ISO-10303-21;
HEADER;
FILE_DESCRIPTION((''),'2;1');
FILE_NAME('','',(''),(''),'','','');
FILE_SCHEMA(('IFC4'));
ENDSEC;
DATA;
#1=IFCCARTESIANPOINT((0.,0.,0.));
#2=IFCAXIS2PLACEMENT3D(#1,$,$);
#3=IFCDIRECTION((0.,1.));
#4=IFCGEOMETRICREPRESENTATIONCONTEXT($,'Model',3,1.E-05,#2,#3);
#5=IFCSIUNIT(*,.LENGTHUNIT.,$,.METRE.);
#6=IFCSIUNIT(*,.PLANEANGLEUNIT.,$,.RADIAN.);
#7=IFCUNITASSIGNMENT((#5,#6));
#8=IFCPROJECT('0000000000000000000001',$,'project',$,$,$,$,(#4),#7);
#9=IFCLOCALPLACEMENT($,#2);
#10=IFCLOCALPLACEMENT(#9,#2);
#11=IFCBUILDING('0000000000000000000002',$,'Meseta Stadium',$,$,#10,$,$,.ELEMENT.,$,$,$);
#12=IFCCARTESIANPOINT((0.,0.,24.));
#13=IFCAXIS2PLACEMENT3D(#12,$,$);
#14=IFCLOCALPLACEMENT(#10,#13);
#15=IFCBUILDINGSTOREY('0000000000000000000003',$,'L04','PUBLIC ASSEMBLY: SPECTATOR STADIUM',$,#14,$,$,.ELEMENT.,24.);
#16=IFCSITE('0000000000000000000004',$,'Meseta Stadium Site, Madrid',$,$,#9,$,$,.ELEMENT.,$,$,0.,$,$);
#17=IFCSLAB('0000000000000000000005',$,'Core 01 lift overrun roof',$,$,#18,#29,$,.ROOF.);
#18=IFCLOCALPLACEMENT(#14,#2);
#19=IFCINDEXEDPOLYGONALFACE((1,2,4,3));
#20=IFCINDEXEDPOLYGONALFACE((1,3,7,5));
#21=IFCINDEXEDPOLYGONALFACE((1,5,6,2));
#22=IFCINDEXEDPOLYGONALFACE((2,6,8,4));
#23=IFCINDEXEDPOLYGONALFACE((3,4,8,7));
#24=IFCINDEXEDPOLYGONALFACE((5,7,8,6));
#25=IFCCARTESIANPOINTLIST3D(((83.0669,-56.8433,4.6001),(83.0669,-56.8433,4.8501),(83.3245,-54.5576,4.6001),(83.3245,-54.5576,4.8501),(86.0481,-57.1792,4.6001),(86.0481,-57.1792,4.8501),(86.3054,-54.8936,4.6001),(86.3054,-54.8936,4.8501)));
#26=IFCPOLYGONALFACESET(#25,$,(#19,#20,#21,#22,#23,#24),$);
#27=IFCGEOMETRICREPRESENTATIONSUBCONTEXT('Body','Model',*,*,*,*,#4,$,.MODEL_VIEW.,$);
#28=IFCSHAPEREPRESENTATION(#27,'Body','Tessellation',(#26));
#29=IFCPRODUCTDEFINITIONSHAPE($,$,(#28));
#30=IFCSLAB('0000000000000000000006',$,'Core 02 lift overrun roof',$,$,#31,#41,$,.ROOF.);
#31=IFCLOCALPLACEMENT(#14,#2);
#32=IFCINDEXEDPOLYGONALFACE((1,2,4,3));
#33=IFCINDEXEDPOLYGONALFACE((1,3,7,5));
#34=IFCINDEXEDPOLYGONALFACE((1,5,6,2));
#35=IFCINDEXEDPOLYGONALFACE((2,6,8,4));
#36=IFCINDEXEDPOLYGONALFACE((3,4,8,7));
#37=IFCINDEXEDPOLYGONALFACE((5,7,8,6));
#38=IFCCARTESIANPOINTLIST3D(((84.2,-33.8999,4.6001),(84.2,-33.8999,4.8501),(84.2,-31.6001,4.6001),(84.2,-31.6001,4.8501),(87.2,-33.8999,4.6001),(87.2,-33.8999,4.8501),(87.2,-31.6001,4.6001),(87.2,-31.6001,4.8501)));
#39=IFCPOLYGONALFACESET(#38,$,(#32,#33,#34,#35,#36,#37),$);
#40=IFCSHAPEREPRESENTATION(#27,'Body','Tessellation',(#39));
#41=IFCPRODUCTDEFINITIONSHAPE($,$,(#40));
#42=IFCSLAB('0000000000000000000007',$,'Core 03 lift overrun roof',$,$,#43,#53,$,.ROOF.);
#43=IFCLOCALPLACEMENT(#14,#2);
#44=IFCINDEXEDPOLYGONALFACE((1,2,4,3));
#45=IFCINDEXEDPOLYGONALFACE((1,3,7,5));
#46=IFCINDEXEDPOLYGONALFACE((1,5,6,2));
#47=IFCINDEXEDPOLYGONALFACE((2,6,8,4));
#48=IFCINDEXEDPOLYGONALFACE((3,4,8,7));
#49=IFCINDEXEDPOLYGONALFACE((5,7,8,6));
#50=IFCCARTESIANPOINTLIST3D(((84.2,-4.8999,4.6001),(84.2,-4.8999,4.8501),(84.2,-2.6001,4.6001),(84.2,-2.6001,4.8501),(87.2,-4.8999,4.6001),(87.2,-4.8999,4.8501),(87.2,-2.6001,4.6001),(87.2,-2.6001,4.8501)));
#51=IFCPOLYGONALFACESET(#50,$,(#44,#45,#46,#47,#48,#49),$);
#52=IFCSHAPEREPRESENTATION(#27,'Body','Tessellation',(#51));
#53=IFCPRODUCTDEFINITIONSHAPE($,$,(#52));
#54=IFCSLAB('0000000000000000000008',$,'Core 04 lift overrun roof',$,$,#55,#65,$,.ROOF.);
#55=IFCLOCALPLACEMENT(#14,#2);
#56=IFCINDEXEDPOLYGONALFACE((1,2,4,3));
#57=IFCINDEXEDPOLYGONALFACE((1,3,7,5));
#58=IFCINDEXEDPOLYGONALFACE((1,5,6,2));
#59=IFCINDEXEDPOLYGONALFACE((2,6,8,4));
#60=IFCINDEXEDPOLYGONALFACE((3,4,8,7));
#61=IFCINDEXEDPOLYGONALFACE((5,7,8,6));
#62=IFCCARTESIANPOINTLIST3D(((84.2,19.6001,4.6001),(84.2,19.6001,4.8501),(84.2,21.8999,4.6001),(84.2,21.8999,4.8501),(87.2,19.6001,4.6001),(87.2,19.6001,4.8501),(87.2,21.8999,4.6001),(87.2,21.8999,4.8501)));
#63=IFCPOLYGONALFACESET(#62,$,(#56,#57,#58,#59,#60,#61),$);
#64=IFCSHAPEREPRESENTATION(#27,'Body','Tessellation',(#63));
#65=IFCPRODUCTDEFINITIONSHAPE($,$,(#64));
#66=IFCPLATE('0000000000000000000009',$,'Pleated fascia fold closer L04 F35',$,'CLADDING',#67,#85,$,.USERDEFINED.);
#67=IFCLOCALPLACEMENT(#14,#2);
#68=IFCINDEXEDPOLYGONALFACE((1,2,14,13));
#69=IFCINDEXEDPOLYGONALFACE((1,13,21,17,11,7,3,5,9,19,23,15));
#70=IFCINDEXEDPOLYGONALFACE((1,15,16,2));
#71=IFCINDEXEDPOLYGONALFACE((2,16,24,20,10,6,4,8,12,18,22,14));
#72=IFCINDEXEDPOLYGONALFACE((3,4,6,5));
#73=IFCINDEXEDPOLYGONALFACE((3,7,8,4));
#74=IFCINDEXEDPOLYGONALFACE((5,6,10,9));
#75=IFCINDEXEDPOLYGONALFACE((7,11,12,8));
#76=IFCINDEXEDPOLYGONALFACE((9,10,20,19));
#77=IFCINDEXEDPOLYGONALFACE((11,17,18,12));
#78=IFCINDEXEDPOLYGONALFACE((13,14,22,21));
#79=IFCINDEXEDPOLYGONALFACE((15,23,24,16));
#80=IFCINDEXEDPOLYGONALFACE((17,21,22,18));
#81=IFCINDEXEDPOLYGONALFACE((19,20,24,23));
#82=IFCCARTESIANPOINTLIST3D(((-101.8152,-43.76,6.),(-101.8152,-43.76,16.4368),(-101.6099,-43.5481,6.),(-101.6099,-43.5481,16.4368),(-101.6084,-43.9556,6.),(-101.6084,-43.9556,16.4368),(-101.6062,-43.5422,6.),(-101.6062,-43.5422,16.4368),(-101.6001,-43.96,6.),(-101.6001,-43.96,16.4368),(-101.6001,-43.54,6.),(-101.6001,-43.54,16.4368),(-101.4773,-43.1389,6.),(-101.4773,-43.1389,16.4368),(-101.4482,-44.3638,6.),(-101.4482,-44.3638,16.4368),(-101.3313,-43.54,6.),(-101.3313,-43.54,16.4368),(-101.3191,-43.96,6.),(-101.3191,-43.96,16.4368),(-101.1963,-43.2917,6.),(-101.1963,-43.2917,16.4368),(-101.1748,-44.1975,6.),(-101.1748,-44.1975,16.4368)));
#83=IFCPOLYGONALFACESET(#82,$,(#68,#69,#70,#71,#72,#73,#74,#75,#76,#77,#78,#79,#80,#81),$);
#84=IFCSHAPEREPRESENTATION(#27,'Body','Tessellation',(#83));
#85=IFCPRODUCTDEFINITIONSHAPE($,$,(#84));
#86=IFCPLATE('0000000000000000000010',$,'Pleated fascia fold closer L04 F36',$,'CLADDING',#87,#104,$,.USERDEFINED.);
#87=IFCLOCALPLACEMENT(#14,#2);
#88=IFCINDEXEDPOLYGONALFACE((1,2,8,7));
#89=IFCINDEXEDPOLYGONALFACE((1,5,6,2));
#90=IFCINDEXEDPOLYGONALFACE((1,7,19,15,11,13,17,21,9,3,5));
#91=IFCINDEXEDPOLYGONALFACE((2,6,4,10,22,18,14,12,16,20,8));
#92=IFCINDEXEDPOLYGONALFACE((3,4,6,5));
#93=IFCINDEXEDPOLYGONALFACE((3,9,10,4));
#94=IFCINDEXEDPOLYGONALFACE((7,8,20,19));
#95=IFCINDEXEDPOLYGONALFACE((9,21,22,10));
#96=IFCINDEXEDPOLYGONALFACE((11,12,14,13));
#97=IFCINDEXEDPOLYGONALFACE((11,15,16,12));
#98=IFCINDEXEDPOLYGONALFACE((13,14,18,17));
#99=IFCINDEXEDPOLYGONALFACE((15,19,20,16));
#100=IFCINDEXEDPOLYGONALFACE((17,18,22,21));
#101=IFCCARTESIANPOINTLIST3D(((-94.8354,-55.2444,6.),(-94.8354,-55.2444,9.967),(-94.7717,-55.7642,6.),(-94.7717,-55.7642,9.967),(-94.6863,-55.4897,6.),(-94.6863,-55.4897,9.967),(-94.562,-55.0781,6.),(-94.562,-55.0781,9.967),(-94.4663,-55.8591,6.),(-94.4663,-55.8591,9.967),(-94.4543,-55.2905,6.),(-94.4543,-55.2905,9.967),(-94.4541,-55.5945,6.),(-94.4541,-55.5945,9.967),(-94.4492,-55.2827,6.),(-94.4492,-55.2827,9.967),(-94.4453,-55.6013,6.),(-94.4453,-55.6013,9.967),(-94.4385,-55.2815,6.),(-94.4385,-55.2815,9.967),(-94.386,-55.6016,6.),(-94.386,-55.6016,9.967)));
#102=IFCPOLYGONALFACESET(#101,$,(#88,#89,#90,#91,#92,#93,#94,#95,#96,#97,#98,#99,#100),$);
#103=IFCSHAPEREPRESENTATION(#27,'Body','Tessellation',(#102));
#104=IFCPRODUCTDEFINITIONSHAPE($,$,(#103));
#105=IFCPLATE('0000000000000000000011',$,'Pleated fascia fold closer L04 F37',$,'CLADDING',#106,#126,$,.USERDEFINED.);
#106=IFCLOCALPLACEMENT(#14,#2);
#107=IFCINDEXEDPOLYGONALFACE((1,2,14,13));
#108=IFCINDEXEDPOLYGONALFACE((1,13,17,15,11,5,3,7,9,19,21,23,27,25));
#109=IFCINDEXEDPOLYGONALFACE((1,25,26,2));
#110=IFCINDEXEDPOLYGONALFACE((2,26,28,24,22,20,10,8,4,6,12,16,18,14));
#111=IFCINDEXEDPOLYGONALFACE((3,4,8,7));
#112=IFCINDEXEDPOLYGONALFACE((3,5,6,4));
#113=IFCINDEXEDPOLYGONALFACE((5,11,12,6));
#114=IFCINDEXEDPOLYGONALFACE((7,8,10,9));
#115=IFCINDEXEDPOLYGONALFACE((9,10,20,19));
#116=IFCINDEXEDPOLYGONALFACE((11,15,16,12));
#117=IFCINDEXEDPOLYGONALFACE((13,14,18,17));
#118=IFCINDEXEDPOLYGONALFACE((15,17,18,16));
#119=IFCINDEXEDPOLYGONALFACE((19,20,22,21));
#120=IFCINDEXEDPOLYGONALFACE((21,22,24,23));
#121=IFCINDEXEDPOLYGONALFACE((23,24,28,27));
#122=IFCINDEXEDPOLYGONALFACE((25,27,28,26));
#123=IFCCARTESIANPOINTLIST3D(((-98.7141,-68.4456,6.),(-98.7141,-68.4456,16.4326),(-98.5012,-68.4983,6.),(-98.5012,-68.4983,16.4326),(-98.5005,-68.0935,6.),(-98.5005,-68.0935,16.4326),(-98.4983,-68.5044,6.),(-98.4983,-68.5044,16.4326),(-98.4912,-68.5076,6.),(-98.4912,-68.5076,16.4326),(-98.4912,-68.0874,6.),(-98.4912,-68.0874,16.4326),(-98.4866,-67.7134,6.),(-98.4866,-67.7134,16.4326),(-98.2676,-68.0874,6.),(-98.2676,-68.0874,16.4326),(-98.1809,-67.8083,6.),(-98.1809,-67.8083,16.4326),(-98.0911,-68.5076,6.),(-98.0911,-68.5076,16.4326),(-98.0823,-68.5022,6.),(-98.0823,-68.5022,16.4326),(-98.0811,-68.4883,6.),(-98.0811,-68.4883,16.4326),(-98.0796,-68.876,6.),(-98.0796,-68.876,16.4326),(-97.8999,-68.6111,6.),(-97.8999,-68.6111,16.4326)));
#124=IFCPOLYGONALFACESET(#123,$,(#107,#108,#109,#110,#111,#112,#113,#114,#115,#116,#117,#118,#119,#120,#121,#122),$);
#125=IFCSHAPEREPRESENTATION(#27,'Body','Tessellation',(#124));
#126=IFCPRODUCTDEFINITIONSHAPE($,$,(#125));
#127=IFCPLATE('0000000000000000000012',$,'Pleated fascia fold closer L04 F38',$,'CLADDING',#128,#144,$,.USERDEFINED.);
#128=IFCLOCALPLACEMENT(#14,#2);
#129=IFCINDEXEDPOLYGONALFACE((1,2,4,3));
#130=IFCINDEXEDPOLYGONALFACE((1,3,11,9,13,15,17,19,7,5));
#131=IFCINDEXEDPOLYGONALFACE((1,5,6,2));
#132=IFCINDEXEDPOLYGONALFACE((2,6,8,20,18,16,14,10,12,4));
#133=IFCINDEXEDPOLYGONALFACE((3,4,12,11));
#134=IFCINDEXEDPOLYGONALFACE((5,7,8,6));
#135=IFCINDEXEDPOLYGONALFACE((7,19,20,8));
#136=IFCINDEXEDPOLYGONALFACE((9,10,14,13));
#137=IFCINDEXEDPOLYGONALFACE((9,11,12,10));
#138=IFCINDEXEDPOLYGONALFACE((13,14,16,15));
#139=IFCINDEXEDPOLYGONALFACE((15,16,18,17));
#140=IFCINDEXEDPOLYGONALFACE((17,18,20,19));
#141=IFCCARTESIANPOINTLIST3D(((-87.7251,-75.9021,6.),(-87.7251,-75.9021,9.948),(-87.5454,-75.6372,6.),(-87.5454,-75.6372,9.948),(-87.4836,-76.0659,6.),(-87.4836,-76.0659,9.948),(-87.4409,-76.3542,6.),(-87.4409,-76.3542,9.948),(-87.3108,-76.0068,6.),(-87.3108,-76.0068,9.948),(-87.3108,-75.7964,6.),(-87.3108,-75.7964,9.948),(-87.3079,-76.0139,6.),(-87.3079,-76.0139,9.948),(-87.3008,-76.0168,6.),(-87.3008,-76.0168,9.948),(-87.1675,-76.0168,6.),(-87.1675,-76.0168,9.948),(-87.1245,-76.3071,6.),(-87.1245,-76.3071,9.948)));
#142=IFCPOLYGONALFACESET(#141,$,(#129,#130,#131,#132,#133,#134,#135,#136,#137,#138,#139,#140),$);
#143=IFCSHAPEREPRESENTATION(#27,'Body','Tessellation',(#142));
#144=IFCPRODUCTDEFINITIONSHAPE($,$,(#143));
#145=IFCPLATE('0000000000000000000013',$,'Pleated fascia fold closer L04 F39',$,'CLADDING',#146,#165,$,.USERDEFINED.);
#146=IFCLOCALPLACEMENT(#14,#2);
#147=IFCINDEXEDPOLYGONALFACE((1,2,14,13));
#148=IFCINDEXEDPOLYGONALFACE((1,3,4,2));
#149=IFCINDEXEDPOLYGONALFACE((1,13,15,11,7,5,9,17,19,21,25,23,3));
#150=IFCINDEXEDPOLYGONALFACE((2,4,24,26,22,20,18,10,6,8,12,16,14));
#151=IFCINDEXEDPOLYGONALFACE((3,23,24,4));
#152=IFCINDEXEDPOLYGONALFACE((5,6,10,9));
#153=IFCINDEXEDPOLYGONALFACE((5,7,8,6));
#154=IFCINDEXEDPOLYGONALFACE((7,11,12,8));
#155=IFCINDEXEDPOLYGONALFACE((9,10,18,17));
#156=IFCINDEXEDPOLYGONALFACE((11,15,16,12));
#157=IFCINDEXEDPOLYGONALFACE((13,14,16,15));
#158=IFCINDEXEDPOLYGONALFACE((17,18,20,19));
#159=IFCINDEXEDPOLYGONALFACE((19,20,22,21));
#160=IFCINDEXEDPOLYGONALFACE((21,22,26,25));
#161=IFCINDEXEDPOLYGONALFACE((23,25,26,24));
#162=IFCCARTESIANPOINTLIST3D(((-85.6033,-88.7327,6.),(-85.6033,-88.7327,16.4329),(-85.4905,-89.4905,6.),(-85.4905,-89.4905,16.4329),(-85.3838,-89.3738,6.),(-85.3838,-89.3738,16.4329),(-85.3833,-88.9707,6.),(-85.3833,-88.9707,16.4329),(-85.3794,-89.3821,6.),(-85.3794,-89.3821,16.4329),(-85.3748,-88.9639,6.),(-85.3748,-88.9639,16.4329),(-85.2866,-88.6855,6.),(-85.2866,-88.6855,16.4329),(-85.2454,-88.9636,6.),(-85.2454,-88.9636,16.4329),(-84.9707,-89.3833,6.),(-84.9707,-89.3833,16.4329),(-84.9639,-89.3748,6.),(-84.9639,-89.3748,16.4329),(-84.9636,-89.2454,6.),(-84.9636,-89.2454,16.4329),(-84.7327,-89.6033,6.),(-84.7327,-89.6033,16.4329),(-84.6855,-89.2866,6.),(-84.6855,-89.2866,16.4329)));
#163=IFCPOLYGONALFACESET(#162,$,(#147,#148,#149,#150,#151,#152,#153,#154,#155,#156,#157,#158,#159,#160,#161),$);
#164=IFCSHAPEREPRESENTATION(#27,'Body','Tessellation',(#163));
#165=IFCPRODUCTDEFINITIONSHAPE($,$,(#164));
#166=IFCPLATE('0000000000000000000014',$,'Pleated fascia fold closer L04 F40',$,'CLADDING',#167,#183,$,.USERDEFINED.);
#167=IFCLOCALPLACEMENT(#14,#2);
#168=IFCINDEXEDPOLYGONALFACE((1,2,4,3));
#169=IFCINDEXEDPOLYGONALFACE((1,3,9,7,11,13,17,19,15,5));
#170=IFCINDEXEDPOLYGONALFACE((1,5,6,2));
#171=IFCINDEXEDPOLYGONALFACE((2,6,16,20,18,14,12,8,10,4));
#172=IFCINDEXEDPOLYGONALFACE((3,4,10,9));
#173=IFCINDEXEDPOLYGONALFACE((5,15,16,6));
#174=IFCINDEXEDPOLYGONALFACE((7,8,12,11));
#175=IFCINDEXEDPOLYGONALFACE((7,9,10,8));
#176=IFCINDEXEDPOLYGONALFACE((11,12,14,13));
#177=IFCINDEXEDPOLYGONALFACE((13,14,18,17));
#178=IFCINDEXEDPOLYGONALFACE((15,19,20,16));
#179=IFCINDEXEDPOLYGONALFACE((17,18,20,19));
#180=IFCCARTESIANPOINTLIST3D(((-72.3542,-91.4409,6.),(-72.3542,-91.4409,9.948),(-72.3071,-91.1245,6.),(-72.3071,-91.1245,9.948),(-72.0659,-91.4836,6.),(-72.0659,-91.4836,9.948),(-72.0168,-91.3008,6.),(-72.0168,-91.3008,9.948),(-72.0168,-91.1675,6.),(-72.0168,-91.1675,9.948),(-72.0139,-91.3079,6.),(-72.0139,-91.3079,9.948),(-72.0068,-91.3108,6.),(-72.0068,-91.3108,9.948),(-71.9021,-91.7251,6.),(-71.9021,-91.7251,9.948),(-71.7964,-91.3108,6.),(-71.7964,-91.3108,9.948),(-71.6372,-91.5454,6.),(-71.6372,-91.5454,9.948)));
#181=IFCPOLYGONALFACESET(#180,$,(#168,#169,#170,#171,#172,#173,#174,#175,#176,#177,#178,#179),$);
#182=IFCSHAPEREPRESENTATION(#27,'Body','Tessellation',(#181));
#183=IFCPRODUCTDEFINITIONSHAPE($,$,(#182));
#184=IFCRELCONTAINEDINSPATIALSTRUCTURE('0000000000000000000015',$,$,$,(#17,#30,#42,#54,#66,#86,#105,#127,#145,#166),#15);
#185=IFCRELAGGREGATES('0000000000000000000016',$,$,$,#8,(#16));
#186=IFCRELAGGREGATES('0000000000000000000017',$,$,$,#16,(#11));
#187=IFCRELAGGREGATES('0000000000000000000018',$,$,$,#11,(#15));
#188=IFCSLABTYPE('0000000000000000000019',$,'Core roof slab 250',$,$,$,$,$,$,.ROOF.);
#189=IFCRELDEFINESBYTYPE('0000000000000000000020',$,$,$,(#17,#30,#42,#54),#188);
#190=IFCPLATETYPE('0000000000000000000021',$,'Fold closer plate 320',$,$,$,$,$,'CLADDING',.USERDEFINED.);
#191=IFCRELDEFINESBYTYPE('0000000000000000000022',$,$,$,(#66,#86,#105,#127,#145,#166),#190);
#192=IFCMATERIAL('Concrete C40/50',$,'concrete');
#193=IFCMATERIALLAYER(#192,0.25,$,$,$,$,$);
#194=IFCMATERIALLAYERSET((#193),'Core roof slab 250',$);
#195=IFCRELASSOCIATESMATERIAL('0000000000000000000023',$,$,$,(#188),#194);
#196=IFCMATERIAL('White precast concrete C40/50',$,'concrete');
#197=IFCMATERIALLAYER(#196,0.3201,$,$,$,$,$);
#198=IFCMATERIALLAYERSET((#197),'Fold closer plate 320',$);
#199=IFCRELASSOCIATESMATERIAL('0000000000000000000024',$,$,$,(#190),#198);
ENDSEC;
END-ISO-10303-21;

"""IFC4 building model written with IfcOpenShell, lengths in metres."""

from ifc_helpers import new_model, si_unit, direction, frame, origin, place, context, subcontext, project, spatial, polyline, outline, extrude, material, layer, layer_set, type_object, element, save


model = new_model("IFC4")

# Units and contexts
model_context = context("Model", 3, precision=1e-05, world=origin(), true_north=direction((0.0, 1.0)))
body_context = subcontext(model_context, "Body", "Model", "MODEL_VIEW")
ifc_project = project(units=[si_unit("LENGTHUNIT", "METRE"), si_unit("PLANEANGLEUNIT", "RADIAN")], contexts=[model_context])

# Site, building, storey
site_placement = place(None, origin())
site = spatial("IfcSite", under=ifc_project, at=site_placement, Name="Meseta Stadium Site, Madrid", CompositionType="ELEMENT", RefElevation=0.0)
building_placement = place(site_placement, origin())
building = spatial("IfcBuilding", under=site, at=building_placement, Name="Meseta Stadium", CompositionType="ELEMENT")
storey_placement = place(building_placement, frame((0.0, 0.0, 24.0)))
storey = spatial("IfcBuildingStorey", under=building, at=storey_placement, Name="L04", Description="PUBLIC ASSEMBLY: SPECTATOR STADIUM", CompositionType="ELEMENT", Elevation=24.0)

# Slabs
ifc_material_1 = material(Name="Concrete C40/50", Category="concrete")
ifc_layer_1 = layer(ifc_material_1, 0.25)
ifc_layer_set_1 = layer_set([ifc_layer_1], Name="Core roof slab 250")
slab_type = type_object("IfcSlabType", Name="Core roof slab 250", PredefinedType="ROOF", material=ifc_layer_set_1)
slab_1_placement = place(storey_placement, frame((0.0, 0.0, 4.6001)))
element("IfcSlab", 1, at=slab_1_placement, inside=storey, type_object=slab_type, Name="Core 01 lift overrun roof", PredefinedType="ROOF", context=body_context, shape_type="SweptSolid", body=[
    extrude(outline(polyline([(86.0481, -57.1792), (83.0669, -56.8433), (83.3245, -54.5576), (86.3054, -54.8936), (86.0481, -57.1792)])), origin(), (0.0, 0.0, 1.0), 0.25),
])
slab_2_placement = place(storey_placement, frame((0.0, 0.0, 4.6001)))
element("IfcSlab", 2, at=slab_2_placement, inside=storey, type_object=slab_type, Name="Core 02 lift overrun roof", PredefinedType="ROOF", context=body_context, shape_type="SweptSolid", body=[
    extrude(outline(polyline([(87.2, -33.8999), (84.2, -33.8999), (84.2, -31.6001), (87.2, -31.6001), (87.2, -33.8999)])), origin(), (0.0, 0.0, 1.0), 0.25),
])
slab_3_placement = place(storey_placement, frame((0.0, 0.0, 4.6001)))
element("IfcSlab", 3, at=slab_3_placement, inside=storey, type_object=slab_type, Name="Core 03 lift overrun roof", PredefinedType="ROOF", context=body_context, shape_type="SweptSolid", body=[
    extrude(outline(polyline([(87.2, -4.8999), (84.2, -4.8999), (84.2, -2.6001), (87.2, -2.6001), (87.2, -4.8999)])), origin(), (0.0, 0.0, 1.0), 0.25),
])
slab_4_placement = place(storey_placement, frame((0.0, 0.0, 4.6001)))
element("IfcSlab", 4, at=slab_4_placement, inside=storey, type_object=slab_type, Name="Core 04 lift overrun roof", PredefinedType="ROOF", context=body_context, shape_type="SweptSolid", body=[
    extrude(outline(polyline([(87.2, 19.6001), (84.2, 19.6001), (84.2, 21.8999), (87.2, 21.8999), (87.2, 19.6001)])), origin(), (0.0, 0.0, 1.0), 0.25),
])

# Plates
ifc_material_2 = material(Name="White precast concrete C40/50", Category="concrete")
ifc_layer_2 = layer(ifc_material_2, 0.3201)
ifc_layer_set_2 = layer_set([ifc_layer_2], Name="Fold closer plate 320")
plate_type = type_object("IfcPlateType", Name="Fold closer plate 320", ElementType="CLADDING", PredefinedType="USERDEFINED", material=ifc_layer_set_2)
plate_1_placement = place(storey_placement, frame((0.0, 0.0, 6.0)))
element("IfcPlate", 5, at=plate_1_placement, inside=storey, type_object=plate_type, Name="Pleated fascia fold closer L04 F35", ObjectType="CLADDING", PredefinedType="USERDEFINED", context=body_context, shape_type="SweptSolid", body=[
    extrude(outline(polyline([(-101.4773, -43.1389), (-101.8152, -43.76), (-101.4482, -44.3638), (-101.1748, -44.1975), (-101.3191, -43.96), (-101.6001, -43.96), (-101.6084, -43.9556), (-101.6099, -43.5481), (-101.6062, -43.5422), (-101.6001, -43.54), (-101.3313, -43.54), (-101.1963, -43.2917), (-101.4773, -43.1389)])), origin(), (0.0, 0.0, 1.0), 10.4368),
])
plate_2_placement = place(storey_placement, frame((0.0, 0.0, 6.0)))
element("IfcPlate", 6, at=plate_2_placement, inside=storey, type_object=plate_type, Name="Pleated fascia fold closer L04 F36", ObjectType="CLADDING", PredefinedType="USERDEFINED", context=body_context, shape_type="SweptSolid", body=[
    extrude(outline(polyline([(-94.6863, -55.4897), (-94.7717, -55.7642), (-94.4663, -55.8591), (-94.386, -55.6016), (-94.4453, -55.6013), (-94.4541, -55.5945), (-94.4543, -55.2905), (-94.4492, -55.2827), (-94.4385, -55.2815), (-94.562, -55.0781), (-94.8354, -55.2444), (-94.6863, -55.4897)])), origin(), (0.0, 0.0, 1.0), 3.967),
])
plate_3_placement = place(storey_placement, frame((0.0, 0.0, 6.0)))
element("IfcPlate", 7, at=plate_3_placement, inside=storey, type_object=plate_type, Name="Pleated fascia fold closer L04 F37", ObjectType="CLADDING", PredefinedType="USERDEFINED", context=body_context, shape_type="SweptSolid", body=[
    extrude(outline(polyline([(-98.7141, -68.4456), (-98.0796, -68.876), (-97.8999, -68.6111), (-98.0811, -68.4883), (-98.0823, -68.5022), (-98.0911, -68.5076), (-98.4912, -68.5076), (-98.4983, -68.5044), (-98.5012, -68.4983), (-98.5005, -68.0935), (-98.4912, -68.0874), (-98.2676, -68.0874), (-98.1809, -67.8083), (-98.4866, -67.7134), (-98.7141, -68.4456)])), origin(), (0.0, 0.0, 1.0), 10.4326),
])
plate_4_placement = place(storey_placement, frame((0.0, 0.0, 6.0)))
element("IfcPlate", 8, at=plate_4_placement, inside=storey, type_object=plate_type, Name="Pleated fascia fold closer L04 F38", ObjectType="CLADDING", PredefinedType="USERDEFINED", context=body_context, shape_type="SweptSolid", body=[
    extrude(outline(polyline([(-87.4836, -76.0659), (-87.4409, -76.3542), (-87.1245, -76.3071), (-87.1675, -76.0168), (-87.3008, -76.0168), (-87.3079, -76.0139), (-87.3108, -76.0068), (-87.3108, -75.7964), (-87.5454, -75.6372), (-87.7251, -75.9021), (-87.4836, -76.0659)])), origin(), (0.0, 0.0, 1.0), 3.948),
])
plate_5_placement = place(storey_placement, frame((0.0, 0.0, 6.0)))
element("IfcPlate", 9, at=plate_5_placement, inside=storey, type_object=plate_type, Name="Pleated fascia fold closer L04 F39", ObjectType="CLADDING", PredefinedType="USERDEFINED", context=body_context, shape_type="SweptSolid", body=[
    extrude(outline(polyline([(-85.4905, -89.4905), (-84.7327, -89.6033), (-84.6855, -89.2866), (-84.9636, -89.2454), (-84.9639, -89.3748), (-84.9707, -89.3833), (-85.3794, -89.3821), (-85.3838, -89.3738), (-85.3833, -88.9707), (-85.3748, -88.9639), (-85.2454, -88.9636), (-85.2866, -88.6855), (-85.6033, -88.7327), (-85.4905, -89.4905)])), origin(), (0.0, 0.0, 1.0), 10.4329),
])
plate_6_placement = place(storey_placement, frame((0.0, 0.0, 6.0)))
element("IfcPlate", 10, at=plate_6_placement, inside=storey, type_object=plate_type, Name="Pleated fascia fold closer L04 F40", ObjectType="CLADDING", PredefinedType="USERDEFINED", context=body_context, shape_type="SweptSolid", body=[
    extrude(outline(polyline([(-72.0659, -91.4836), (-71.9021, -91.7251), (-71.6372, -91.5454), (-71.7964, -91.3108), (-72.0068, -91.3108), (-72.0139, -91.3079), (-72.0168, -91.3008), (-72.0168, -91.1675), (-72.3071, -91.1245), (-72.3542, -91.4409), (-72.0659, -91.4836)])), origin(), (0.0, 0.0, 1.0), 3.948),
])

save(model, "model.ifc")
